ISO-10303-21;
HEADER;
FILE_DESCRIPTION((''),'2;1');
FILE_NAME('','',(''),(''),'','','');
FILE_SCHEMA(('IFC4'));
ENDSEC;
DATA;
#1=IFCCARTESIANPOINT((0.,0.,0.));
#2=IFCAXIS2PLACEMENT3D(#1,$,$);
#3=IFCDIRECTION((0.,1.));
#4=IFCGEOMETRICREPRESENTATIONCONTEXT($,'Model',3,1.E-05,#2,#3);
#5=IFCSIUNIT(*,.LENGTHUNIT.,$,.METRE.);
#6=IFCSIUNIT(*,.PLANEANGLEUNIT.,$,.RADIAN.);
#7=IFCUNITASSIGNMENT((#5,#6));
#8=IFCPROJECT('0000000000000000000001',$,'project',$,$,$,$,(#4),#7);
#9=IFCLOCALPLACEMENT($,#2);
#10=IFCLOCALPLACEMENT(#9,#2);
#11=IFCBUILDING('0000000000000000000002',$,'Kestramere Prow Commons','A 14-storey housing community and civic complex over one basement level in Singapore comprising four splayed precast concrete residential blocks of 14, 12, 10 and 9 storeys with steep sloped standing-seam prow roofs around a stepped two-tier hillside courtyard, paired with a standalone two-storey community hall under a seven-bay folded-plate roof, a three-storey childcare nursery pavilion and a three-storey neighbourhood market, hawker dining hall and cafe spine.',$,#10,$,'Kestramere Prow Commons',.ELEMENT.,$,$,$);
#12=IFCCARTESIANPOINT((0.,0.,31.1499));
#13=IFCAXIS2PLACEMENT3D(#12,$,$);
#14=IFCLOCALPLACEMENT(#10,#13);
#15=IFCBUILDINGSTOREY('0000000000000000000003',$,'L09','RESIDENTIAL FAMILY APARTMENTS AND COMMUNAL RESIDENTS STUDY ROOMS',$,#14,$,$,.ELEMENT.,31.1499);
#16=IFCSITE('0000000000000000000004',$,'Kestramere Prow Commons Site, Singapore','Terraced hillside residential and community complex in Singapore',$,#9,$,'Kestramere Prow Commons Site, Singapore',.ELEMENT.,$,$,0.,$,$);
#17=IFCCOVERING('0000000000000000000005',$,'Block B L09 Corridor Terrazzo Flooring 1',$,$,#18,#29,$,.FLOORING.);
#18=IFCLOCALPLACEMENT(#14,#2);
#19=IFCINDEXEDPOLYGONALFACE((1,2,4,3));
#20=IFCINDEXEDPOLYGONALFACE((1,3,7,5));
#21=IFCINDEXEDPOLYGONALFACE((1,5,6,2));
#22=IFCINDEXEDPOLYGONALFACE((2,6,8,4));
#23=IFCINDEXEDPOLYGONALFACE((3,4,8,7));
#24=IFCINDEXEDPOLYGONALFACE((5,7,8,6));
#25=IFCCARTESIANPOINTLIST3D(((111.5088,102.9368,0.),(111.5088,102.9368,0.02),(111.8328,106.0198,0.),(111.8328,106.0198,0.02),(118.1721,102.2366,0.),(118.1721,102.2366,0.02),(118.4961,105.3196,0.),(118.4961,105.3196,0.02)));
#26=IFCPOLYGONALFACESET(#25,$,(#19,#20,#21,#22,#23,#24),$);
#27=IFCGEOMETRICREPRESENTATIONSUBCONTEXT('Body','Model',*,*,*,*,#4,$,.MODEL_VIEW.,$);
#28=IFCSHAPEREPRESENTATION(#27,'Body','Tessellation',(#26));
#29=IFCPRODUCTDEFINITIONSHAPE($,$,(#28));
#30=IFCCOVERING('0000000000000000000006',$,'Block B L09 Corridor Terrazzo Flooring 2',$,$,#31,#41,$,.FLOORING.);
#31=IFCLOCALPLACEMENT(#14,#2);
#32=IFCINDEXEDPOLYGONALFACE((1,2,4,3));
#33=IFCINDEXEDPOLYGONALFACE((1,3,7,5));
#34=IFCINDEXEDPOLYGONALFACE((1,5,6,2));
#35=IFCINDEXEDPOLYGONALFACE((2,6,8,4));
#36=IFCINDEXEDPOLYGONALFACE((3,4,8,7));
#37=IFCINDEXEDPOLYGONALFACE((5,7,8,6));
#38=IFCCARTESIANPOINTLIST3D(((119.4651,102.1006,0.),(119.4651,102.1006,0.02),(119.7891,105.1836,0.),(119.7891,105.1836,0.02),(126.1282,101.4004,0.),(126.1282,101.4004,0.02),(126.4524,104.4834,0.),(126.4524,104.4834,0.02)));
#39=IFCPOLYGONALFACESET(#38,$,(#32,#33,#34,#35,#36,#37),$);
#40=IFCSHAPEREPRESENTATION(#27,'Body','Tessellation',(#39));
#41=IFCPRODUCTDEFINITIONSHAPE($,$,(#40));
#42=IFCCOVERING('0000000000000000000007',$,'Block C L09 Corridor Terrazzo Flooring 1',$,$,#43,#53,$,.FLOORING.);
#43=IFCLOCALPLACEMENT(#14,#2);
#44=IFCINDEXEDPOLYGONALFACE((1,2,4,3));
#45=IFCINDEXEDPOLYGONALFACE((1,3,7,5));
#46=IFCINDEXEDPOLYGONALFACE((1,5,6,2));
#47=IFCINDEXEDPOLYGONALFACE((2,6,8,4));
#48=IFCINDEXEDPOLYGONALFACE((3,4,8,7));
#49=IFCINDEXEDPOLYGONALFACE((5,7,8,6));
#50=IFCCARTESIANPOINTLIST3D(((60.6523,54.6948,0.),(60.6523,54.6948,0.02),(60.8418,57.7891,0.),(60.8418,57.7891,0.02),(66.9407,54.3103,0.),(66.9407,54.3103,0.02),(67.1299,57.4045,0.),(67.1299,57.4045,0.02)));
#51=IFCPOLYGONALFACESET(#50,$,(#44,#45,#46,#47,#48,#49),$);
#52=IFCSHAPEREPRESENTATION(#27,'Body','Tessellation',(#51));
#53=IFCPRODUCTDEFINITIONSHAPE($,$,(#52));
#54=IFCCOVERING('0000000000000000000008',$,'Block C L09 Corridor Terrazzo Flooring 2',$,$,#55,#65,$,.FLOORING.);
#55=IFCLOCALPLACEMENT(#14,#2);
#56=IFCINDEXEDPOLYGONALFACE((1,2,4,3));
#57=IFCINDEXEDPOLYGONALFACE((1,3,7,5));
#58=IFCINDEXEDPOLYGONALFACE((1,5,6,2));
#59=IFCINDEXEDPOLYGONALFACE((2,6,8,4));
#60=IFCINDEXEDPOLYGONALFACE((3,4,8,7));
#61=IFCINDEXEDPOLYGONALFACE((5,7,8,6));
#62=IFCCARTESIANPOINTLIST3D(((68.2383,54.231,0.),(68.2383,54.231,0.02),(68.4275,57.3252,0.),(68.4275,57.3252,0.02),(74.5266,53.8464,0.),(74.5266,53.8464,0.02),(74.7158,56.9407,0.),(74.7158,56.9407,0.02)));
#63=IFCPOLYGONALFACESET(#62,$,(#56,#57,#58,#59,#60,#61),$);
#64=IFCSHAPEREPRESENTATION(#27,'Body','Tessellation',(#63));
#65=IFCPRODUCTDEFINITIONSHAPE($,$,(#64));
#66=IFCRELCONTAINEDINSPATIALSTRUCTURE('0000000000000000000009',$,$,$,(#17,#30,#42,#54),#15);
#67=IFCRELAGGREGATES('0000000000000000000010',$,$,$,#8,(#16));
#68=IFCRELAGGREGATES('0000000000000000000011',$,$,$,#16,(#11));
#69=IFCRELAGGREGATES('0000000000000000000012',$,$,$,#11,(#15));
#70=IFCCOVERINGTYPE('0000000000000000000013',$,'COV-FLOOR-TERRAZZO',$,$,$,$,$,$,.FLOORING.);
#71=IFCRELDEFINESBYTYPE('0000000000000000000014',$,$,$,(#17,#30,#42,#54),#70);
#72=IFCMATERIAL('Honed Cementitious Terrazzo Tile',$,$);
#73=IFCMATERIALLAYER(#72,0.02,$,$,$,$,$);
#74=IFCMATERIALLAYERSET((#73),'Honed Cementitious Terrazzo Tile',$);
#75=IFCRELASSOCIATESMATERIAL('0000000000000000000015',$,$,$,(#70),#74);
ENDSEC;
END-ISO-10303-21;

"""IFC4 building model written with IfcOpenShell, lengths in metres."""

from ifc_helpers import new_model, si_unit, direction, frame, origin, place, context, subcontext, project, spatial, polyline, outline, extrude, material, layer, layer_set, type_object, element, save


model = new_model("IFC4")

# Units and contexts
model_context = context("Model", 3, precision=1e-05, world=origin(), true_north=direction((0.0, 1.0)))
body_context = subcontext(model_context, "Body", "Model", "MODEL_VIEW")
ifc_project = project(units=[si_unit("LENGTHUNIT", "METRE"), si_unit("PLANEANGLEUNIT", "RADIAN")], contexts=[model_context])

# Site, building, storey
site_placement = place(None, origin())
site = spatial("IfcSite", under=ifc_project, at=site_placement, Name="Kestramere Prow Commons Site, Singapore", Description="Terraced hillside residential and community complex in Singapore", LongName="Kestramere Prow Commons Site, Singapore", CompositionType="ELEMENT", RefElevation=0.0)
building_placement = place(site_placement, origin())
building = spatial("IfcBuilding", under=site, at=building_placement, Name="Kestramere Prow Commons", Description="A 14-storey housing community and civic complex over one basement level in Singapore comprising four splayed precast concrete residential blocks of 14, 12, 10 and 9 storeys with steep sloped standing-seam prow roofs around a stepped two-tier hillside courtyard, paired with a standalone two-storey community hall under a seven-bay folded-plate roof, a three-storey childcare nursery pavilion and a three-storey neighbourhood market, hawker dining hall and cafe spine.", LongName="Kestramere Prow Commons", CompositionType="ELEMENT")
storey_placement = place(building_placement, frame((0.0, 0.0, 31.1499)))
storey = spatial("IfcBuildingStorey", under=building, at=storey_placement, Name="L09", Description="RESIDENTIAL FAMILY APARTMENTS AND COMMUNAL RESIDENTS STUDY ROOMS", CompositionType="ELEMENT", Elevation=31.1499)

# Coverings
ifc_material_1 = material(Name="Honed Cementitious Terrazzo Tile")
ifc_layer_1 = layer(ifc_material_1, 0.02)
ifc_layer_set_1 = layer_set([ifc_layer_1], Name="Honed Cementitious Terrazzo Tile")
covering_type_1 = type_object("IfcCoveringType", Name="COV-FLOOR-TERRAZZO", PredefinedType="FLOORING", material=ifc_layer_set_1)
covering_1_placement = place(storey_placement, origin())
element("IfcCovering", 1, at=covering_1_placement, inside=storey, type_object=covering_type_1, Name="Block B L09 Corridor Terrazzo Flooring 1", PredefinedType="FLOORING", context=body_context, shape_type="SweptSolid", body=[
    extrude(outline(polyline([(111.5088, 102.9368), (118.1721, 102.2366), (118.4961, 105.3196), (111.8328, 106.0198), (111.5088, 102.9368)])), origin(), (0.0, 0.0, 1.0), 0.02),
])
covering_2_placement = place(storey_placement, origin())
element("IfcCovering", 2, at=covering_2_placement, inside=storey, type_object=covering_type_1, Name="Block B L09 Corridor Terrazzo Flooring 2", PredefinedType="FLOORING", context=body_context, shape_type="SweptSolid", body=[
    extrude(outline(polyline([(119.4651, 102.1006), (126.1282, 101.4004), (126.4524, 104.4834), (119.7891, 105.1836), (119.4651, 102.1006)])), origin(), (0.0, 0.0, 1.0), 0.02),
])
covering_3_placement = place(storey_placement, origin())
element("IfcCovering", 3, at=covering_3_placement, inside=storey, type_object=covering_type_1, Name="Block C L09 Corridor Terrazzo Flooring 1", PredefinedType="FLOORING", context=body_context, shape_type="SweptSolid", body=[
    extrude(outline(polyline([(60.6523, 54.6948), (66.9407, 54.3103), (67.1299, 57.4045), (60.8418, 57.7891), (60.6523, 54.6948)])), origin(), (0.0, 0.0, 1.0), 0.02),
])
covering_4_placement = place(storey_placement, origin())
element("IfcCovering", 4, at=covering_4_placement, inside=storey, type_object=covering_type_1, Name="Block C L09 Corridor Terrazzo Flooring 2", PredefinedType="FLOORING", context=body_context, shape_type="SweptSolid", body=[
    extrude(outline(polyline([(68.2383, 54.231), (74.5266, 53.8464), (74.7158, 56.9407), (68.4275, 57.3252), (68.2383, 54.231)])), origin(), (0.0, 0.0, 1.0), 0.02),
])

save(model, "model.ifc")
